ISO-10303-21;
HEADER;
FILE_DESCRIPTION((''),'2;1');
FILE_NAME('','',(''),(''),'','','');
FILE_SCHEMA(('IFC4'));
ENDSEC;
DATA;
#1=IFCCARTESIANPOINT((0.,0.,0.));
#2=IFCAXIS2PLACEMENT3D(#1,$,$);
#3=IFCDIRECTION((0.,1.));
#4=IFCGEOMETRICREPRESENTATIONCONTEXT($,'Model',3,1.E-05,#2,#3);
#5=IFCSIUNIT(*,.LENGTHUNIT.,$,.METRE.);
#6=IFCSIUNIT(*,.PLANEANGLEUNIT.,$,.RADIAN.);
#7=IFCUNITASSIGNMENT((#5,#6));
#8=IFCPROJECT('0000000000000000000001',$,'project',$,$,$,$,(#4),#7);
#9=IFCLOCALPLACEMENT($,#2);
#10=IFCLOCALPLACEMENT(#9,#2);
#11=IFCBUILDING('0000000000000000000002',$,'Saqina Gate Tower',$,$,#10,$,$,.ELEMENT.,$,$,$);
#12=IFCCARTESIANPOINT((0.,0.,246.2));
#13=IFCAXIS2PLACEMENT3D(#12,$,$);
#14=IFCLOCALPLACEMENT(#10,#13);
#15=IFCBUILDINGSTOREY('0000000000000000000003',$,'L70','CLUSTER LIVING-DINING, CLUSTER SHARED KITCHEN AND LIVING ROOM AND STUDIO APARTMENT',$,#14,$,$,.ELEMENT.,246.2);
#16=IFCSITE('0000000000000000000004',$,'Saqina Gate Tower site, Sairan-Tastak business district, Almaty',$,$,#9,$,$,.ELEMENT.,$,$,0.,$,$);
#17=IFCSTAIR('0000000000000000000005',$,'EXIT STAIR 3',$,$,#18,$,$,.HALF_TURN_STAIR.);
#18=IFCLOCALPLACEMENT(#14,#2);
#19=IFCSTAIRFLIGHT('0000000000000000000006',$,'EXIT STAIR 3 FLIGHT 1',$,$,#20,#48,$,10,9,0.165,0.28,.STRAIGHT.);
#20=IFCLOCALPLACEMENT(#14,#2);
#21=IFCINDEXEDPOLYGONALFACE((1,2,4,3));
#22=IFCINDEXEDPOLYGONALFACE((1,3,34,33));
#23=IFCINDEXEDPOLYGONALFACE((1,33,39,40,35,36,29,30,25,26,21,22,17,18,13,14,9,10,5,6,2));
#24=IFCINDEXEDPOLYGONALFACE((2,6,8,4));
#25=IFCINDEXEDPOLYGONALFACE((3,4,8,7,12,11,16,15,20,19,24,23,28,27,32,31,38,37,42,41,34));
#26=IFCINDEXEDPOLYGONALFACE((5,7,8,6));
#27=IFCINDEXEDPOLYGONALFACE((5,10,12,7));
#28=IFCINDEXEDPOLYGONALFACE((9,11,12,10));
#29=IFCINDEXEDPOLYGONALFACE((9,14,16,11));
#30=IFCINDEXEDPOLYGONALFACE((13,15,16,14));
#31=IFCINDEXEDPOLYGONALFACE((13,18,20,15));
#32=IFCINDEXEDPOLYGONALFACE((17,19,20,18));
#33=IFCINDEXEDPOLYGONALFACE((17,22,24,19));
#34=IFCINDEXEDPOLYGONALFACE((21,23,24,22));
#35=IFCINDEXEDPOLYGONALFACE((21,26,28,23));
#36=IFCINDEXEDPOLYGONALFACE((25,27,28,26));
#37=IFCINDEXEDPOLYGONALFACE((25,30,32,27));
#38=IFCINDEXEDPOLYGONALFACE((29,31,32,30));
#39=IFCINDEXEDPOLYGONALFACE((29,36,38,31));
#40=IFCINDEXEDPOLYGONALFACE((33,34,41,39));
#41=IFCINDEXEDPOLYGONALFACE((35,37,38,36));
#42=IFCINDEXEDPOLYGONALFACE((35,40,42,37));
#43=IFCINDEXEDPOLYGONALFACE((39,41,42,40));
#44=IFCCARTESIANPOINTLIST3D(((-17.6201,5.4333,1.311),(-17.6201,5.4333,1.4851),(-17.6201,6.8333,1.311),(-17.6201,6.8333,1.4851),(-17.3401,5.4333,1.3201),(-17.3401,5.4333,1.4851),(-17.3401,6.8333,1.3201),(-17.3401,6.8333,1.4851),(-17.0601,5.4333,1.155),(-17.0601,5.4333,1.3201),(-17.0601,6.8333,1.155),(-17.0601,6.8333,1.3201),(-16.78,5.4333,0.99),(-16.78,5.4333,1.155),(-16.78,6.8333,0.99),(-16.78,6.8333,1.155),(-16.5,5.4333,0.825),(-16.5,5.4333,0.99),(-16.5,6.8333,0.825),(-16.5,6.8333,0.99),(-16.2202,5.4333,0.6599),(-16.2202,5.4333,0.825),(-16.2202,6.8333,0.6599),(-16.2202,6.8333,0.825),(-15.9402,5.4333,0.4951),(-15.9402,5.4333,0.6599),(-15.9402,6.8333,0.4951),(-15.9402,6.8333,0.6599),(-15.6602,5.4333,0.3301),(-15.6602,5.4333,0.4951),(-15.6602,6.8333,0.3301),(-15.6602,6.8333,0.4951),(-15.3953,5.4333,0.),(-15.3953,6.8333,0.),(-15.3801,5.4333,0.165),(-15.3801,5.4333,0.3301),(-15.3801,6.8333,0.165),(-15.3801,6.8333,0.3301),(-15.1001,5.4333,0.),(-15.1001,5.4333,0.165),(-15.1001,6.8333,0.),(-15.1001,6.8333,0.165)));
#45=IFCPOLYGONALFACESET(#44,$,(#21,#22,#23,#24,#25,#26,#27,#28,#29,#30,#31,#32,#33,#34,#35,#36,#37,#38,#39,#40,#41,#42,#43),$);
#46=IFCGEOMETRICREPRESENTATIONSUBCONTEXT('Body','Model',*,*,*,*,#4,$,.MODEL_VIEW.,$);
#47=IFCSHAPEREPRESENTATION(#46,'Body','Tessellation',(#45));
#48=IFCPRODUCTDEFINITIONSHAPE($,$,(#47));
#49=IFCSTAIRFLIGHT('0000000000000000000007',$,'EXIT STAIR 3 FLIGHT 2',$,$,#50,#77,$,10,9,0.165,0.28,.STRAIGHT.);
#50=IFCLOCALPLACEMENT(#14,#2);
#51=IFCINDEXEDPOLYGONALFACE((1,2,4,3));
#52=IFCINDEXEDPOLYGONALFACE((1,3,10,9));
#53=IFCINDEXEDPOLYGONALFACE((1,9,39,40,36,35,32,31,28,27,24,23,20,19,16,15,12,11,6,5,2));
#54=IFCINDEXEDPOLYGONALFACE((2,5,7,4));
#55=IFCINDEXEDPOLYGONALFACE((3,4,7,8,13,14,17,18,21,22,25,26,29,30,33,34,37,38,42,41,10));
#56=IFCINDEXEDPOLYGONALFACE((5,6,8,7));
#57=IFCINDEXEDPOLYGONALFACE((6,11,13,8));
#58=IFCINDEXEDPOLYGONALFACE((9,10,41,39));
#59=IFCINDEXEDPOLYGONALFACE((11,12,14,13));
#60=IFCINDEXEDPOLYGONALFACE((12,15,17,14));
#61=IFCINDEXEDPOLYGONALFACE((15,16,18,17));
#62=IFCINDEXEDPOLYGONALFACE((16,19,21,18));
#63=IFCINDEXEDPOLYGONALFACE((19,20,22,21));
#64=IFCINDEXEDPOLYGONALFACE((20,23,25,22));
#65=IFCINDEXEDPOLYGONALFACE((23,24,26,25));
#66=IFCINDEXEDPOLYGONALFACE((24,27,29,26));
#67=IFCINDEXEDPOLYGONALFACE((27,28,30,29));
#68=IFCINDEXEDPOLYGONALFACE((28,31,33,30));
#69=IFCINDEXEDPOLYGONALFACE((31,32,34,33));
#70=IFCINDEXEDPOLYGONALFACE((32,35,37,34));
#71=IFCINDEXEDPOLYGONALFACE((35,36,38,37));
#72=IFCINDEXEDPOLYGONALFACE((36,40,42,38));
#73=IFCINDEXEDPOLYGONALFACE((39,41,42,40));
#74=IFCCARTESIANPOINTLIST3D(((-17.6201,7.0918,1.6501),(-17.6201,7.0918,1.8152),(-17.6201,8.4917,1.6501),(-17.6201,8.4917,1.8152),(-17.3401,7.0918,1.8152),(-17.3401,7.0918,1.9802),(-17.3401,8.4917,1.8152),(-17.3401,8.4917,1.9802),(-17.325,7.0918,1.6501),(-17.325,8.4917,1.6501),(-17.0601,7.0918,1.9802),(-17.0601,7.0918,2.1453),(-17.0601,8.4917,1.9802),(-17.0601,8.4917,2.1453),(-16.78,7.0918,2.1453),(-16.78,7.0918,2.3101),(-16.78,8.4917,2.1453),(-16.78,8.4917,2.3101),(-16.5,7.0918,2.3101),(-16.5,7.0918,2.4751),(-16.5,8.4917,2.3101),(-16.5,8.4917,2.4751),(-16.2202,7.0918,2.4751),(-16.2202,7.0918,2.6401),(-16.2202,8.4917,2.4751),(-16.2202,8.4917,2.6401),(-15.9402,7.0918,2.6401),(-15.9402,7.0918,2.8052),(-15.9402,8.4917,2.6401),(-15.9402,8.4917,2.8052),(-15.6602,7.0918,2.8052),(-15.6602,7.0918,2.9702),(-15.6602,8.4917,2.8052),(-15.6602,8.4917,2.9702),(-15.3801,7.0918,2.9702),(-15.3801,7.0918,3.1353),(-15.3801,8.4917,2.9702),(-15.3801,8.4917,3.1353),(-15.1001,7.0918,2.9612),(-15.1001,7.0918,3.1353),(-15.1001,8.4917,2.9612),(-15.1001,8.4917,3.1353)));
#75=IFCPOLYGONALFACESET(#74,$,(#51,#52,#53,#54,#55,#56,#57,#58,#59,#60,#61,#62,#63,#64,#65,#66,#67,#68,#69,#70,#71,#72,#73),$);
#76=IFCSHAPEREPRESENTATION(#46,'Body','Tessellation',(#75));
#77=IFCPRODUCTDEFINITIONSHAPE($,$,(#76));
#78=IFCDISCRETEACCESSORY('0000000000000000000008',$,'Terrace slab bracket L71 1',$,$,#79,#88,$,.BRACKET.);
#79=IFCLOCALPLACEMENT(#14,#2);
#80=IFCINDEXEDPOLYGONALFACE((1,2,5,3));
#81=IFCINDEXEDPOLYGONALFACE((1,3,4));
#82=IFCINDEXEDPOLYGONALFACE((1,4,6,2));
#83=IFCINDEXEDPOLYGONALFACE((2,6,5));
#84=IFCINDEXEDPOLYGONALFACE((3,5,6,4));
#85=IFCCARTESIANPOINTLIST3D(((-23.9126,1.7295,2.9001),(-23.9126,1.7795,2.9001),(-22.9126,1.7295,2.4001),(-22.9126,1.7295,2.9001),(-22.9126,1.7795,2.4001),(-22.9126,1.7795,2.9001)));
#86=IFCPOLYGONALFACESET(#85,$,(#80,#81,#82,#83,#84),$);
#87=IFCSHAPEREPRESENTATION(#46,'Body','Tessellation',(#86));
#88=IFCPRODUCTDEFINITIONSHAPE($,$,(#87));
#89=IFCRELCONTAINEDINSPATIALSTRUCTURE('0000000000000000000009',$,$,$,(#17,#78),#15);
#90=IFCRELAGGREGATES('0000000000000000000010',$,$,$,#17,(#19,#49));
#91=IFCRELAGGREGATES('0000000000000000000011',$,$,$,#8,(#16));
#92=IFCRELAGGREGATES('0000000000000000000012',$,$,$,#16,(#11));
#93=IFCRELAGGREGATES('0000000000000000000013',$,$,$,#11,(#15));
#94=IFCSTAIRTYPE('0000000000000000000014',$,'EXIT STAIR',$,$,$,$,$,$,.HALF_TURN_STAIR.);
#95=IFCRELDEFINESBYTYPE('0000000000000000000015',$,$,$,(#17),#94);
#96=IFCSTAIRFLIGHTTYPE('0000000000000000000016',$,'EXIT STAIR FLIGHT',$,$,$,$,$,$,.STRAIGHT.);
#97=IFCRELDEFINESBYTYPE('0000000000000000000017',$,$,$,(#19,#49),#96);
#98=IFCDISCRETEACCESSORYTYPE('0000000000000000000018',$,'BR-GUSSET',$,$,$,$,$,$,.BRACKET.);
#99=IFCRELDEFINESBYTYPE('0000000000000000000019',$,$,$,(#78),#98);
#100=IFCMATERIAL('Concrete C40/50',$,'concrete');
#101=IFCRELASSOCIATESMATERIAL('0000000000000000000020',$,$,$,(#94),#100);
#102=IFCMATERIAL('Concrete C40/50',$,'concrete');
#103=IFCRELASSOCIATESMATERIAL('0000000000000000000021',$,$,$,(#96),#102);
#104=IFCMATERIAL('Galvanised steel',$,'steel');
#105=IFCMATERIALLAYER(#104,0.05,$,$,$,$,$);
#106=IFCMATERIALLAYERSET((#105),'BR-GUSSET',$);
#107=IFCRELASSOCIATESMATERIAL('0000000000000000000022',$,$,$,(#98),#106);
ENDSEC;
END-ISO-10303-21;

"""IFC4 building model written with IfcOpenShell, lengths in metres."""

from ifc_helpers import new_model, si_unit, direction, frame, origin, place, context, subcontext, project, spatial, polyline, outline, extrude, material, layer, layer_set, type_object, element, aggregate, save


model = new_model("IFC4")

# Units and contexts
model_context = context("Model", 3, precision=1e-05, world=origin(), true_north=direction((0.0, 1.0)))
body_context = subcontext(model_context, "Body", "Model", "MODEL_VIEW")
ifc_project = project(units=[si_unit("LENGTHUNIT", "METRE"), si_unit("PLANEANGLEUNIT", "RADIAN")], contexts=[model_context])

# Site, building, storey
site_placement = place(None, origin())
site = spatial("IfcSite", under=ifc_project, at=site_placement, Name="Saqina Gate Tower site, Sairan-Tastak business district, Almaty", CompositionType="ELEMENT", RefElevation=0.0)
building_placement = place(site_placement, origin())
building = spatial("IfcBuilding", under=site, at=building_placement, Name="Saqina Gate Tower", CompositionType="ELEMENT")
storey_placement = place(building_placement, frame((0.0, 0.0, 246.2)))
storey = spatial("IfcBuildingStorey", under=building, at=storey_placement, Name="L70", Description="CLUSTER LIVING-DINING, CLUSTER SHARED KITCHEN AND LIVING ROOM AND STUDIO APARTMENT", CompositionType="ELEMENT", Elevation=246.2)

# Stair, stair flights
ifc_material_1 = material(Name="Concrete C40/50", Category="concrete")
stair_type = type_object("IfcStairType", Name="EXIT STAIR", PredefinedType="HALF_TURN_STAIR", material=ifc_material_1)
stair_placement = place(storey_placement, origin())
stair = element("IfcStair", 1, at=stair_placement, inside=storey, type_object=stair_type, Name="EXIT STAIR 3", PredefinedType="HALF_TURN_STAIR")
ifc_material_2 = material(Name="Concrete C40/50", Category="concrete")
stair_flight_type = type_object("IfcStairFlightType", Name="EXIT STAIR FLIGHT", PredefinedType="STRAIGHT", material=ifc_material_2)
stair_flight_1_placement = place(storey_placement, frame((-15.1001, 6.1333, 0.0), z_axis=(0.0, 0.0, 1.0), x_axis=(-1.0, 0.0, 0.0)))
stair_flight_1 = element("IfcStairFlight", 2, at=stair_flight_1_placement, type_object=stair_flight_type, Name="EXIT STAIR 3 FLIGHT 1", NumberOfRisers=10, NumberOfTreads=9, PredefinedType="STRAIGHT", RiserHeight=0.165, TreadLength=0.28, context=body_context, shape_type="SweptSolid", body=[
    extrude(outline(polyline([(0.0, 0.0), (0.0, 0.165), (0.28, 0.165), (0.28, 0.3301), (0.5601, 0.3301), (0.5601, 0.4951), (0.8401, 0.4951), (0.8401, 0.6599), (1.1201, 0.6599), (1.1201, 0.825), (1.3999, 0.825), (1.3999, 0.99), (1.6799, 0.99), (1.6799, 1.155), (1.96, 1.155), (1.96, 1.3201), (2.24, 1.3201), (2.24, 1.4851), (2.52, 1.4851), (2.52, 1.6499), (2.52, 1.311), (0.2952, 0.0), (0.0, 0.0)])), frame((0.0, 0.7, 0.0), z_axis=(0.0, -1.0, 0.0), x_axis=(1.0, 0.0, 0.0)), (0.0, 0.0, 1.0), 1.3999),
])
stair_flight_2_placement = place(storey_placement, frame((-17.6201, 7.7917, 1.6501), z_axis=(0.0, 0.0, 1.0), x_axis=(1.0, 0.0, 0.0)))
stair_flight_2 = element("IfcStairFlight", 3, at=stair_flight_2_placement, type_object=stair_flight_type, Name="EXIT STAIR 3 FLIGHT 2", NumberOfRisers=10, NumberOfTreads=9, PredefinedType="STRAIGHT", RiserHeight=0.165, TreadLength=0.28, context=body_context, shape_type="SweptSolid", body=[
    extrude(outline(polyline([(0.0, 0.0), (0.0, 0.165), (0.28, 0.165), (0.28, 0.3301), (0.5601, 0.3301), (0.5601, 0.4951), (0.8401, 0.4951), (0.8401, 0.6599), (1.1201, 0.6599), (1.1201, 0.825), (1.3999, 0.825), (1.3999, 0.99), (1.6799, 0.99), (1.6799, 1.155), (1.96, 1.155), (1.96, 1.3201), (2.24, 1.3201), (2.24, 1.4851), (2.52, 1.4851), (2.52, 1.6499), (2.52, 1.311), (0.2952, 0.0), (0.0, 0.0)])), frame((0.0, 0.7, 0.0), z_axis=(0.0, -1.0, 0.0), x_axis=(1.0, 0.0, 0.0)), (0.0, 0.0, 1.0), 1.3999),
])
aggregate(stair, [stair_flight_1, stair_flight_2])

# Discrete accessory
ifc_material_3 = material(Name="Galvanised steel", Category="steel")
ifc_layer_1 = layer(ifc_material_3, 0.05)
ifc_layer_set_1 = layer_set([ifc_layer_1], Name="BR-GUSSET")
discrete_accessory_type = type_object("IfcDiscreteAccessoryType", Name="BR-GUSSET", PredefinedType="BRACKET", material=ifc_layer_set_1)
discrete_accessory_placement = place(storey_placement, frame((-22.9126, 1.7295, 2.4001), z_axis=(0.0, -1.0, 0.0), x_axis=(0.0, 0.0, 1.0)))
element("IfcDiscreteAccessory", 4, at=discrete_accessory_placement, inside=storey, type_object=discrete_accessory_type, Name="Terrace slab bracket L71 1", PredefinedType="BRACKET", context=body_context, shape_type="SweptSolid", body=[
    extrude(outline(polyline([(0.0, 0.0), (0.5, 0.0), (0.5, 1.0), (0.0, 0.0)])), origin(), (0.0, 0.0, -1.0), 0.05),
])

save(model, "model.ifc")
